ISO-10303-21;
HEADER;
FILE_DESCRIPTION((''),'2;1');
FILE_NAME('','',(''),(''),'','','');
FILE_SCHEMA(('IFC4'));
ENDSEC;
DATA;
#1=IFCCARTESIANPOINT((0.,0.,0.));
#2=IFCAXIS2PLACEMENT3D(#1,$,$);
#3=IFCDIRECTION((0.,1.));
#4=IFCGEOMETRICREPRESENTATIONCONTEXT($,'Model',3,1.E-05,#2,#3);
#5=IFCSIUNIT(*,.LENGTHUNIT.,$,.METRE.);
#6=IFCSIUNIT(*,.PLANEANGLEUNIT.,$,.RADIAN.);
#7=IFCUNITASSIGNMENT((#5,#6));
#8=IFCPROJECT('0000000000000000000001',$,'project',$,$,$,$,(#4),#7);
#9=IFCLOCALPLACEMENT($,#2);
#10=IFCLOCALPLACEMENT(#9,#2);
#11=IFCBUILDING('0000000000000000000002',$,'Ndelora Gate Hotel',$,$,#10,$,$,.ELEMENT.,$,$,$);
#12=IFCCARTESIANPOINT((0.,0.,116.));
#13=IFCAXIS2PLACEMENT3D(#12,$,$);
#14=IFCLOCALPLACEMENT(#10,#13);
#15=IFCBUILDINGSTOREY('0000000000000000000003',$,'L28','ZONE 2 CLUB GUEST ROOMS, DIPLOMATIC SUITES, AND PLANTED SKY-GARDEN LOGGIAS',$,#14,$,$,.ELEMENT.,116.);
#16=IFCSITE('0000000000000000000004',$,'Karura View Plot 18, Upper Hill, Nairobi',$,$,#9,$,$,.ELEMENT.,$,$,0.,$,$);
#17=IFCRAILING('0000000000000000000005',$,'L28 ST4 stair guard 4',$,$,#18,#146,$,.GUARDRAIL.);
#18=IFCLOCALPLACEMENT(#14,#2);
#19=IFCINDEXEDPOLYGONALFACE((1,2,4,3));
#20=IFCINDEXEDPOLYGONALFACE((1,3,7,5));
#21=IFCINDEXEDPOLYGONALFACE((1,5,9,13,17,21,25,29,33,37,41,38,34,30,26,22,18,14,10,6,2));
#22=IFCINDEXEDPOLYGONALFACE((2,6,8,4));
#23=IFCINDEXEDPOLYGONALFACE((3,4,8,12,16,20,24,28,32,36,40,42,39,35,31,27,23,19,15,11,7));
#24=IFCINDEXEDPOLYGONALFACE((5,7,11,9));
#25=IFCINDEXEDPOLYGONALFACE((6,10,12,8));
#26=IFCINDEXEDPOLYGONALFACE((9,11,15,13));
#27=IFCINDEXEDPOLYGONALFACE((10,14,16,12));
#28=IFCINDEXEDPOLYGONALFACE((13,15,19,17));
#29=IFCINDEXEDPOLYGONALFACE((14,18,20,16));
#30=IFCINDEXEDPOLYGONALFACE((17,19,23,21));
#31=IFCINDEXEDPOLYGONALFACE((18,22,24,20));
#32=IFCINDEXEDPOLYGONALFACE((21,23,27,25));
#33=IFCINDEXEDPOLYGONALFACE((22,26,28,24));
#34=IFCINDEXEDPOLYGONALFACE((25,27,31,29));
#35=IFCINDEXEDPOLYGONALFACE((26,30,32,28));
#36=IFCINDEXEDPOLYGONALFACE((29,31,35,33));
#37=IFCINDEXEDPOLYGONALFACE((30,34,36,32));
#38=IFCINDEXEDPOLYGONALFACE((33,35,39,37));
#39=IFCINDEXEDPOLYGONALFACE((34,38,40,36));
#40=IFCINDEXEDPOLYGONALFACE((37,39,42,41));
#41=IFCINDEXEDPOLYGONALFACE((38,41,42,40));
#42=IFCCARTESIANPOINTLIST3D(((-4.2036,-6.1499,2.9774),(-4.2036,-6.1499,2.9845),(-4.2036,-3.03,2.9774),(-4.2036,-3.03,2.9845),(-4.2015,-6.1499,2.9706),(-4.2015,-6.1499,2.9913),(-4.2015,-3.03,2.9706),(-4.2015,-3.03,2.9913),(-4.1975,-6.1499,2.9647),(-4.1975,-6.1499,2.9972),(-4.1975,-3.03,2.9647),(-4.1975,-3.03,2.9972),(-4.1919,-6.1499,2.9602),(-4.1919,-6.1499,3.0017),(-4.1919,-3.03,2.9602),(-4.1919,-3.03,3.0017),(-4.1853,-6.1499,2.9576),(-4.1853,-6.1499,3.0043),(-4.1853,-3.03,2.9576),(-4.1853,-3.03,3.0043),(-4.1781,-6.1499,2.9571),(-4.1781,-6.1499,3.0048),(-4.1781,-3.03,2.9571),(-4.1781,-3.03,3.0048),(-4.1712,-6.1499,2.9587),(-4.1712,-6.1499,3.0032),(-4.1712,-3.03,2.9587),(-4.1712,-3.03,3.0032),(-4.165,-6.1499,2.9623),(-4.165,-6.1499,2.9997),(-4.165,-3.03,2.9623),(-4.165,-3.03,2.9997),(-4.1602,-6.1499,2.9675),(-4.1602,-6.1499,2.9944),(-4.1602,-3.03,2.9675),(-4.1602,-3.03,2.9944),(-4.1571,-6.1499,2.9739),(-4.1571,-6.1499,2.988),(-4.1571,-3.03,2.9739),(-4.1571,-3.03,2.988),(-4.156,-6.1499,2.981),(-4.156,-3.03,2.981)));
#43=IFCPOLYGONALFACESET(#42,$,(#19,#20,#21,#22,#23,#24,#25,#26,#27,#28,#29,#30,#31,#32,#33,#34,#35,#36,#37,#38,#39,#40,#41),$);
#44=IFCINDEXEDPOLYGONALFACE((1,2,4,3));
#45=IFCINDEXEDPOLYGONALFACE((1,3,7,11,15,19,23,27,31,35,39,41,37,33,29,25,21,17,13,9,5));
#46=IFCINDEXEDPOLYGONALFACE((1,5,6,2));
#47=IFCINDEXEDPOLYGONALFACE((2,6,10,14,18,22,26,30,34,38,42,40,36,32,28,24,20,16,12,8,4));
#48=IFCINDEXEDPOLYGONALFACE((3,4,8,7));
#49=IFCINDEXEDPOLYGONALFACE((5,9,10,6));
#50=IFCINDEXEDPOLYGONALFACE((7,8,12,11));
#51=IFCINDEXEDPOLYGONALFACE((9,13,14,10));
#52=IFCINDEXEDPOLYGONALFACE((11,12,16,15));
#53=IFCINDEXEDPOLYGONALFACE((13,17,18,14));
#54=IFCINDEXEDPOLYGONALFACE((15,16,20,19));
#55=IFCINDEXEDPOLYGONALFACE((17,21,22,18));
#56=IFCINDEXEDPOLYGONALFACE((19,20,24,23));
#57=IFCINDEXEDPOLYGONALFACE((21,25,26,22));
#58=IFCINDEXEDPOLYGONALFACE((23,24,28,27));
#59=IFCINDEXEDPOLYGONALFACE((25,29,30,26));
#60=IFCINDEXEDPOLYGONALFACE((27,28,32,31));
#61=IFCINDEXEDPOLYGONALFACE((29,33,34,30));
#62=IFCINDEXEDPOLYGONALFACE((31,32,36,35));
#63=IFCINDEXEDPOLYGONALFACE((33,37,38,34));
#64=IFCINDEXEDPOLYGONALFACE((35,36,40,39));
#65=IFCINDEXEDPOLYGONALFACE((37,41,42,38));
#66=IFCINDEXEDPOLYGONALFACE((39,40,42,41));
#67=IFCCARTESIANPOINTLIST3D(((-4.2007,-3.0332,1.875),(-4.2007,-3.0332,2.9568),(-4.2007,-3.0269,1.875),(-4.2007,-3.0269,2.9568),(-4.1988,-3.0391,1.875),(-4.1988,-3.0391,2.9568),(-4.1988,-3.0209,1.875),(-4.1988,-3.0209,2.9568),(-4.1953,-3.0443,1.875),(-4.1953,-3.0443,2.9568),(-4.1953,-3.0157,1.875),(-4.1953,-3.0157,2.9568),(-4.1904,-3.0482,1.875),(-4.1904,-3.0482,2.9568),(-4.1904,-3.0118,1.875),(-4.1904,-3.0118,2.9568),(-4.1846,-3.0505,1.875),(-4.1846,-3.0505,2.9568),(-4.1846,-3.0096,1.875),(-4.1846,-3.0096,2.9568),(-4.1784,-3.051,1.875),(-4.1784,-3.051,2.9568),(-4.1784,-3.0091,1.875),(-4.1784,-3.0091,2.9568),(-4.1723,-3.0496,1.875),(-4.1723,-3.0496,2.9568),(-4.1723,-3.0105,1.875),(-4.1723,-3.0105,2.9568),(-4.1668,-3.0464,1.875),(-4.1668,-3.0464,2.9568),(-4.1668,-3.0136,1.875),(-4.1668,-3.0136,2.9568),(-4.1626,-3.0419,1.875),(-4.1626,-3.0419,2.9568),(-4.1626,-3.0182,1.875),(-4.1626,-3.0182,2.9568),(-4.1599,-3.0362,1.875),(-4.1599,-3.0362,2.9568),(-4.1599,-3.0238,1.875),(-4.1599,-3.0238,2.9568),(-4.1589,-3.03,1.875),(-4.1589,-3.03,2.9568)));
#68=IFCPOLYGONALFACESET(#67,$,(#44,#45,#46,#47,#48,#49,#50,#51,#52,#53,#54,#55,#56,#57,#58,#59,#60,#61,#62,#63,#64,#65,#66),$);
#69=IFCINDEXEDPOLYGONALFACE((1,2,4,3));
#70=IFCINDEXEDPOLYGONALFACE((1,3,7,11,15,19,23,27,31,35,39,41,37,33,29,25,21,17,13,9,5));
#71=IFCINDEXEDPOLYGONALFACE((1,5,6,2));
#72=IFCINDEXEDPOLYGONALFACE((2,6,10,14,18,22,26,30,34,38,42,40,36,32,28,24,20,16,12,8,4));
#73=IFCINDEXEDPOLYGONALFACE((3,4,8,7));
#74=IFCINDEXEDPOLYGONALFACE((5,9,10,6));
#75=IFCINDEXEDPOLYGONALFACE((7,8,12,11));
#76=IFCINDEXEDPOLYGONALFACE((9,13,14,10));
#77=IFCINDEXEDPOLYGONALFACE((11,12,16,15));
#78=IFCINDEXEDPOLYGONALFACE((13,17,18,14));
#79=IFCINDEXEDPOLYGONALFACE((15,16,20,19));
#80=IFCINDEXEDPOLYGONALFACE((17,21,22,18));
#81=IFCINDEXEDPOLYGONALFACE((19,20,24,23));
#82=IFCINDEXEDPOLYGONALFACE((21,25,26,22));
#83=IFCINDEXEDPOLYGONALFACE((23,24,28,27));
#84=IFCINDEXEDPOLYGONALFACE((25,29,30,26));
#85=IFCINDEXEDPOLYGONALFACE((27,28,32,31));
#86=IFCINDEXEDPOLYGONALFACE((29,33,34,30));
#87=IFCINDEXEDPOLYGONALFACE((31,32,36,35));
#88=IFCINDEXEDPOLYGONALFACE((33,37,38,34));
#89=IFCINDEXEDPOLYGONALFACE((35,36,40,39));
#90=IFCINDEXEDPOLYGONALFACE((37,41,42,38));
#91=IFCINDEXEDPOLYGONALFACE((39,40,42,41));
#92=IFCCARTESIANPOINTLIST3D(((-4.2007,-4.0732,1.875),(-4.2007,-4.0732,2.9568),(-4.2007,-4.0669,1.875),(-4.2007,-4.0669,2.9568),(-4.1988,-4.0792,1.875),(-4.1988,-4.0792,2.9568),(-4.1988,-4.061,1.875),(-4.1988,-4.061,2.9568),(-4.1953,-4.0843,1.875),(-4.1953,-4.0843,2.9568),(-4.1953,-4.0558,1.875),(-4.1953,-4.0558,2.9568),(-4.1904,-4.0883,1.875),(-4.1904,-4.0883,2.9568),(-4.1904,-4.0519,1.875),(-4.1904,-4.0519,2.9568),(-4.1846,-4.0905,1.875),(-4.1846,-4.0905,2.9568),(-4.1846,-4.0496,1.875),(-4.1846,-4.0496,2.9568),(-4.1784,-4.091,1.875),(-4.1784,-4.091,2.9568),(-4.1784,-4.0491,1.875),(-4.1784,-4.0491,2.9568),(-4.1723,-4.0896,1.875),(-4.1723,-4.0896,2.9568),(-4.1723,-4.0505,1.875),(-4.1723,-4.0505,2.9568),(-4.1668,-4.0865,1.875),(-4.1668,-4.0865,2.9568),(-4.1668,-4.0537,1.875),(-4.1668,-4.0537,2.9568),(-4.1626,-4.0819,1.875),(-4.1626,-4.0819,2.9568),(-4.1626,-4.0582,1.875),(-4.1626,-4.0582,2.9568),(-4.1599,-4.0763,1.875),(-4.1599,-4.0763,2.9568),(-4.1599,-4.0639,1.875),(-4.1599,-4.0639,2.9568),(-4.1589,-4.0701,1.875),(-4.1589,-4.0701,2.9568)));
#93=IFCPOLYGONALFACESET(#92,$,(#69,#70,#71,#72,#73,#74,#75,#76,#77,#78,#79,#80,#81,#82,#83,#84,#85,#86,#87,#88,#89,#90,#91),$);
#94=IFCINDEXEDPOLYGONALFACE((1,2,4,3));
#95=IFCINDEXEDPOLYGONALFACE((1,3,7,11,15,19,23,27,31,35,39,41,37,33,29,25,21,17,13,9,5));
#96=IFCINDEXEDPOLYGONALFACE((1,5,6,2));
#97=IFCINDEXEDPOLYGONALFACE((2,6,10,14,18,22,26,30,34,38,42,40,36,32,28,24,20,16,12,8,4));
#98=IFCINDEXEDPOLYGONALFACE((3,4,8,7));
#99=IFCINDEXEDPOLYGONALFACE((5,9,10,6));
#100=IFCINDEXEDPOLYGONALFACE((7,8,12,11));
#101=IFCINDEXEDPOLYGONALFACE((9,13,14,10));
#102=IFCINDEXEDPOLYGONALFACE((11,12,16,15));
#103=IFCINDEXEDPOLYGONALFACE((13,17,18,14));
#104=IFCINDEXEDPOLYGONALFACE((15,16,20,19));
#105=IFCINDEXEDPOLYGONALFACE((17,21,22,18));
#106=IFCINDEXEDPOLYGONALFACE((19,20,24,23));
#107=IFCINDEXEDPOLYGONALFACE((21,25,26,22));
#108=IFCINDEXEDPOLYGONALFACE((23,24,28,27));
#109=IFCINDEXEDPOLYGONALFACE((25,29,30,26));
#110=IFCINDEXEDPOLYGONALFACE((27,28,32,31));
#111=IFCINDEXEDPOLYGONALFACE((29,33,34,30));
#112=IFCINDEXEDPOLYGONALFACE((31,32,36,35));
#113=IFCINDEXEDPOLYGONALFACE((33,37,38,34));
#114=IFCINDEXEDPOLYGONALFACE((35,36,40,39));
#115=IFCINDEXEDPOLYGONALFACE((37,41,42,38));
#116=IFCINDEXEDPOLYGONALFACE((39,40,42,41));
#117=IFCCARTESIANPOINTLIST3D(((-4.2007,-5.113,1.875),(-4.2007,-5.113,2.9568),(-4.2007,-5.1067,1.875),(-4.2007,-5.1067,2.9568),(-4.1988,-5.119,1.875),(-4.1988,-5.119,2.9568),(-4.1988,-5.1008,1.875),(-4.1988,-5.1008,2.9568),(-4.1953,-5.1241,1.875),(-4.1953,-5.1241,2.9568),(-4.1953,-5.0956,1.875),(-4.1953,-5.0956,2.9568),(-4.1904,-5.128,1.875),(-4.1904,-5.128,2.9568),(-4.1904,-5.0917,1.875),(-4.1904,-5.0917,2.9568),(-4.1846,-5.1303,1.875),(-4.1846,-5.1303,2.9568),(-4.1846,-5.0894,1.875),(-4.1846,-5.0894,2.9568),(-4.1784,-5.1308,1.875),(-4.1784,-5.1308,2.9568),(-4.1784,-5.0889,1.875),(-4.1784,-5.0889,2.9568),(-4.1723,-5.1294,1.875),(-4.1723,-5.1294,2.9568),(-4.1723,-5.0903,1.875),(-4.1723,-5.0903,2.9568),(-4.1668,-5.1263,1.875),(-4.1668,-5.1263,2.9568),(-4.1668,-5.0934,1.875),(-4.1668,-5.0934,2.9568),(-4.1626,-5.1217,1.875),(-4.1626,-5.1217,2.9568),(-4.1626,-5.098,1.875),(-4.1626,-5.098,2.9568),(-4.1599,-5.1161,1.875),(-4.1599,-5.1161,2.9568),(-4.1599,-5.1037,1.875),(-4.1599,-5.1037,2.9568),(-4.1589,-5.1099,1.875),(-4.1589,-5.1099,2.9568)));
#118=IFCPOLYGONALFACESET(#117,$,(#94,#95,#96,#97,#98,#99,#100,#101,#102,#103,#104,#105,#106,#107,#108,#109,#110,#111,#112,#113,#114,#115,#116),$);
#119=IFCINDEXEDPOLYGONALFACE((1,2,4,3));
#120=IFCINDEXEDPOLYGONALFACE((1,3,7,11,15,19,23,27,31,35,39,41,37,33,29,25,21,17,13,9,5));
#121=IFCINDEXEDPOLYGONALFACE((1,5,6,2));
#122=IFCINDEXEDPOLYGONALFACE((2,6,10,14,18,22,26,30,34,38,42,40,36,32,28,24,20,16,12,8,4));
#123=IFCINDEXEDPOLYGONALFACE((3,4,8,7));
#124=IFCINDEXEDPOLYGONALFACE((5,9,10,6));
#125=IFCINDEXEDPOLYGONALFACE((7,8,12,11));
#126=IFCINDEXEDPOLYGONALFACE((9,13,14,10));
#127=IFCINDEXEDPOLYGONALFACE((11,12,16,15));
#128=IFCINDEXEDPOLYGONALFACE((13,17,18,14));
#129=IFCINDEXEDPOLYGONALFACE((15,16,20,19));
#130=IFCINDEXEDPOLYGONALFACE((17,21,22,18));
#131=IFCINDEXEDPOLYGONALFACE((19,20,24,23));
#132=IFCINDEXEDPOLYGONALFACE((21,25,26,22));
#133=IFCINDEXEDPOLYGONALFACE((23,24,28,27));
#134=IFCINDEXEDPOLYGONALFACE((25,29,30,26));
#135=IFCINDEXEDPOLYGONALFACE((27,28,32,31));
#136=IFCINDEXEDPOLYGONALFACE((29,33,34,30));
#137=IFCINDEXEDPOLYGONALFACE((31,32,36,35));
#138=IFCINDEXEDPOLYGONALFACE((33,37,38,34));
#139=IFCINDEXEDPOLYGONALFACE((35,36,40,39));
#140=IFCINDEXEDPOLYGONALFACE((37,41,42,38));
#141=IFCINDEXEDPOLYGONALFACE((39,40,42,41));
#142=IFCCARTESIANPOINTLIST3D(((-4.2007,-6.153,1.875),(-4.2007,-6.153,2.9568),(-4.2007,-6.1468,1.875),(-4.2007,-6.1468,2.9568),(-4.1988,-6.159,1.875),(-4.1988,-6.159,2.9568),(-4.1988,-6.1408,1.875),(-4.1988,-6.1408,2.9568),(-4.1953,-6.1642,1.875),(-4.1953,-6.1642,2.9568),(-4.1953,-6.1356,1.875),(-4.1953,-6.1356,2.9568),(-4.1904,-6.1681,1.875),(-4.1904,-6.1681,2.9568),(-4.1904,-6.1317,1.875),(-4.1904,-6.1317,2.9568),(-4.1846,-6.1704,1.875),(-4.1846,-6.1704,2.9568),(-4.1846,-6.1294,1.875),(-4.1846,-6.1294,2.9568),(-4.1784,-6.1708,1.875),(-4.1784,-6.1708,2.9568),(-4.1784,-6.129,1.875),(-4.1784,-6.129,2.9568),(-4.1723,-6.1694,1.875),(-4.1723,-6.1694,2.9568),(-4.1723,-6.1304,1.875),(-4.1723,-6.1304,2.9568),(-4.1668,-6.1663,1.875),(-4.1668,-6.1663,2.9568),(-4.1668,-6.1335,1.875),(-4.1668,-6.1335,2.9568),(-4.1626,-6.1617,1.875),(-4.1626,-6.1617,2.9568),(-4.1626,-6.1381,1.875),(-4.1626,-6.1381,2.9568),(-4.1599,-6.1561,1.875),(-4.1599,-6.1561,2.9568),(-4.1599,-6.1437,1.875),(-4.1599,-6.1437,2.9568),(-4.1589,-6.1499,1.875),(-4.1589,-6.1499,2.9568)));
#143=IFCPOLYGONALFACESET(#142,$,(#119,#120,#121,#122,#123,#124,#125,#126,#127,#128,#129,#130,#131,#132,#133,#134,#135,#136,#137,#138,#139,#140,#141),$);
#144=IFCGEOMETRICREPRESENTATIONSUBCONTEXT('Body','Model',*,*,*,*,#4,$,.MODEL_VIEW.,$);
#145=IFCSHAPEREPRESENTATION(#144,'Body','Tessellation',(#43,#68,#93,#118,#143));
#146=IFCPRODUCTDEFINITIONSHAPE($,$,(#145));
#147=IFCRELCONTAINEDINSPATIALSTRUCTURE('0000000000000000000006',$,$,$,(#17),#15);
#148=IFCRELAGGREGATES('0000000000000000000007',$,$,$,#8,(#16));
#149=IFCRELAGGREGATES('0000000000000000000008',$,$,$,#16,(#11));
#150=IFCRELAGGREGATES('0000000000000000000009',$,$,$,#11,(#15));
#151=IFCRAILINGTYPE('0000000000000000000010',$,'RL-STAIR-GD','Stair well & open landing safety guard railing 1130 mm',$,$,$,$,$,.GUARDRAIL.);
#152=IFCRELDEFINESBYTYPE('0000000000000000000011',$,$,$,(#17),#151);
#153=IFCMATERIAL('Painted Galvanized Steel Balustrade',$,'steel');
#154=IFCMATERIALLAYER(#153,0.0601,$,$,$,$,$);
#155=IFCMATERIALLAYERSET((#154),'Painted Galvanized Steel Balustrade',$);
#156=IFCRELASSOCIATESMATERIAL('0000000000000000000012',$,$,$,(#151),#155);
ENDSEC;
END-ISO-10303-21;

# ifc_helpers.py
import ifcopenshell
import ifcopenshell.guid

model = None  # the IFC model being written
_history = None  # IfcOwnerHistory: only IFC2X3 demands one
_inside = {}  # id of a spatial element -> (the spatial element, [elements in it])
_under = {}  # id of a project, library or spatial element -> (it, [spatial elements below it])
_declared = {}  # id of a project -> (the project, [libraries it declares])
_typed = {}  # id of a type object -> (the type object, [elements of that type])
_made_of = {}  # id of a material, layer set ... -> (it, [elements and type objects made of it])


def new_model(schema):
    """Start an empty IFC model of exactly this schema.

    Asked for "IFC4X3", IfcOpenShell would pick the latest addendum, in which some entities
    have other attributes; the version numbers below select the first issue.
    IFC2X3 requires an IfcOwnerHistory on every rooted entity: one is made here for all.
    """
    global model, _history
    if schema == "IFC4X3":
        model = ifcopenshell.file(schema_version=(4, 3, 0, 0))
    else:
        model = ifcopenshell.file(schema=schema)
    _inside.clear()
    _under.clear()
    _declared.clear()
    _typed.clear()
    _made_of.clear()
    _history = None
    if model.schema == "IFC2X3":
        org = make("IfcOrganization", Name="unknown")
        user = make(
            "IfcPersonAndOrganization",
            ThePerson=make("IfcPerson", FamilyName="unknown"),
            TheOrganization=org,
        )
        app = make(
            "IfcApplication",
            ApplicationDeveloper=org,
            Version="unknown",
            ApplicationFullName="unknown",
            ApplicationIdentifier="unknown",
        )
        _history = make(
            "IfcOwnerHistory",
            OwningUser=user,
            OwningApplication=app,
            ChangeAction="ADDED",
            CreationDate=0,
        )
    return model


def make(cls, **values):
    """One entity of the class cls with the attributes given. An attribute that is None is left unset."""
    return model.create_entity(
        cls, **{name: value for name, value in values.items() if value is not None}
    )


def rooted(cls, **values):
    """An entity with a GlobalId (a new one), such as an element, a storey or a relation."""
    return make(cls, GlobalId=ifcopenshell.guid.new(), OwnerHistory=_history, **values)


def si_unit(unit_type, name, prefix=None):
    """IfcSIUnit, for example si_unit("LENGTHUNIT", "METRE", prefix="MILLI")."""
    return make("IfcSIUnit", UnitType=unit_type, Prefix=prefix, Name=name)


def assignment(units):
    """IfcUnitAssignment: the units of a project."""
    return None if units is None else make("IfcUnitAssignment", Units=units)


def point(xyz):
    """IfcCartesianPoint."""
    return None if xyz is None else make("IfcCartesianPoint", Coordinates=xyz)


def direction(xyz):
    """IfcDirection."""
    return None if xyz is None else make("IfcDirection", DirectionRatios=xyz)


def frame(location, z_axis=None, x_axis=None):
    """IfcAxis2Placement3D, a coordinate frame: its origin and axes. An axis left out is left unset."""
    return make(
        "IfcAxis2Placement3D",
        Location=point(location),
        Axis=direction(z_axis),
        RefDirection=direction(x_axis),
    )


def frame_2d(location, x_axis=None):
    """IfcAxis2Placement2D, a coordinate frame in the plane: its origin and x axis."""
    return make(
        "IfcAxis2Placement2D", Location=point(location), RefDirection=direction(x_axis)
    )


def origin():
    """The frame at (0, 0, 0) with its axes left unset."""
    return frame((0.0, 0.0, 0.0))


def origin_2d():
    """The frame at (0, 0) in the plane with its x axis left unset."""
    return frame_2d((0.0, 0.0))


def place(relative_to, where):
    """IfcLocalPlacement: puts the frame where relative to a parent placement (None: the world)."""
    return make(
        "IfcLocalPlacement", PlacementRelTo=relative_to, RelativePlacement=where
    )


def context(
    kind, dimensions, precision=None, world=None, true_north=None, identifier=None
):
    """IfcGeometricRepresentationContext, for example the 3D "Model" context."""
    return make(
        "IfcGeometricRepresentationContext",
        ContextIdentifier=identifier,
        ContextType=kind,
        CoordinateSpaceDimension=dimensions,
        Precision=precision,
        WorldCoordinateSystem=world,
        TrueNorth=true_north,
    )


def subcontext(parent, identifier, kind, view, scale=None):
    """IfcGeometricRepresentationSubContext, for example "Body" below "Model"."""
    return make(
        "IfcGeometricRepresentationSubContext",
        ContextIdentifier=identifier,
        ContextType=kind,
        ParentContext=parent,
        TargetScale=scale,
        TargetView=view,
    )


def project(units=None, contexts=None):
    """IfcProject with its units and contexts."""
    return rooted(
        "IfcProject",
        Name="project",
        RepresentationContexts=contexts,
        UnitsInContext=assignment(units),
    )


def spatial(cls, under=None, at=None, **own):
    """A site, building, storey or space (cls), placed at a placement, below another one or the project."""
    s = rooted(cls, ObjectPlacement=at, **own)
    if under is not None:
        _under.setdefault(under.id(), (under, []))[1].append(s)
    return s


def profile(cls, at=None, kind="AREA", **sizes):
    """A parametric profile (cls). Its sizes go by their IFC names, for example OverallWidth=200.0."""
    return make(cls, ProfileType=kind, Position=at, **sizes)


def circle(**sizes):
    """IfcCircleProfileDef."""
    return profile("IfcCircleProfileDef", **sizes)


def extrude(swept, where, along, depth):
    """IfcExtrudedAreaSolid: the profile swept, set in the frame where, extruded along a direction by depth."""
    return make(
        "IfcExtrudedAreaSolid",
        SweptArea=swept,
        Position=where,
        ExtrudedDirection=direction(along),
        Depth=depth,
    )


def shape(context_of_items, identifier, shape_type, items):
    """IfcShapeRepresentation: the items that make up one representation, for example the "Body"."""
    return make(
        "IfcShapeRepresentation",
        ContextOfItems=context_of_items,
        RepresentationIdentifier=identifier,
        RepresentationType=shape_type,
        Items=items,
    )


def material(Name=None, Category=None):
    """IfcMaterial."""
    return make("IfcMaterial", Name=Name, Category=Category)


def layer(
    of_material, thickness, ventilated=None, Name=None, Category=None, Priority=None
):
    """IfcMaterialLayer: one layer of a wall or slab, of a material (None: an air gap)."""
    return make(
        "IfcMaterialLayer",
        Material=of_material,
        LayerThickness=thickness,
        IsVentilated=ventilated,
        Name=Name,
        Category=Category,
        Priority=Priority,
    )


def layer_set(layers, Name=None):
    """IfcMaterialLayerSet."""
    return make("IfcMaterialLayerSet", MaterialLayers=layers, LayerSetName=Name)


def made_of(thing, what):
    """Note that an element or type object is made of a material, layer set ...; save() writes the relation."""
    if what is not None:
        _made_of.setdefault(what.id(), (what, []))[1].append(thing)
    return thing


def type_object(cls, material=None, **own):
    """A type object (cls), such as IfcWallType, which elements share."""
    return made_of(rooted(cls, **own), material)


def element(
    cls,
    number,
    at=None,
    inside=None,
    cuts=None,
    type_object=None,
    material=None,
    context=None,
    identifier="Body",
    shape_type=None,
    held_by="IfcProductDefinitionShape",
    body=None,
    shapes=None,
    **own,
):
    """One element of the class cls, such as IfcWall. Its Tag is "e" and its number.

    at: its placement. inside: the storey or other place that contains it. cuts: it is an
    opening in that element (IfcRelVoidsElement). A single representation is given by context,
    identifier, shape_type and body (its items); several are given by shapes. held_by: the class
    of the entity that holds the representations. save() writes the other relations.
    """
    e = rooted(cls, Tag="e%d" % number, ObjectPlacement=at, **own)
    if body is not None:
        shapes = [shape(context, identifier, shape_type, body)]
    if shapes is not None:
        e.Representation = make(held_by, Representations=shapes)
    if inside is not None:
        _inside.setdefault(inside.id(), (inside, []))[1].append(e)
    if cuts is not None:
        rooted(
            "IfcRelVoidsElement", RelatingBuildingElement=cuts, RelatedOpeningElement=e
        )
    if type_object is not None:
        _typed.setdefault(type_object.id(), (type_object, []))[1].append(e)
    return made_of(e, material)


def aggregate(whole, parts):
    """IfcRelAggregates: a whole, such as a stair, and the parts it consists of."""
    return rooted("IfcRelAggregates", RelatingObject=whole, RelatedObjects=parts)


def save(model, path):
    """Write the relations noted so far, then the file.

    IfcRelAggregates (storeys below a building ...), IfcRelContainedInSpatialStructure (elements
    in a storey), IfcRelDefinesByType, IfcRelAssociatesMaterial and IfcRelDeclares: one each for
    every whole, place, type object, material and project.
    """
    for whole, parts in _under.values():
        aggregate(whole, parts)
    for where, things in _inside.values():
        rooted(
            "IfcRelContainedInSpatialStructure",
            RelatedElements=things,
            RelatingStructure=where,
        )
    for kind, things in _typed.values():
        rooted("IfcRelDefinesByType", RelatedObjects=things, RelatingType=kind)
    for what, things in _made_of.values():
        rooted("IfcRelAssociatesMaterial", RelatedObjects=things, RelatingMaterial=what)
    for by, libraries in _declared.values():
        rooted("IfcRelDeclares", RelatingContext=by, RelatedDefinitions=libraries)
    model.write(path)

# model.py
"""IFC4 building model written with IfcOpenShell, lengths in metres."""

from ifc_helpers import new_model, si_unit, direction, frame, origin, origin_2d, place, context, subcontext, project, spatial, circle, extrude, material, layer, layer_set, type_object, element, save


model = new_model("IFC4")

# Units and contexts
model_context = context("Model", 3, precision=1e-05, world=origin(), true_north=direction((0.0, 1.0)))
body_context = subcontext(model_context, "Body", "Model", "MODEL_VIEW")
ifc_project = project(units=[si_unit("LENGTHUNIT", "METRE"), si_unit("PLANEANGLEUNIT", "RADIAN")], contexts=[model_context])

# Site, building, storey
site_placement = place(None, origin())
site = spatial("IfcSite", under=ifc_project, at=site_placement, Name="Karura View Plot 18, Upper Hill, Nairobi", CompositionType="ELEMENT", RefElevation=0.0)
building_placement = place(site_placement, origin())
building = spatial("IfcBuilding", under=site, at=building_placement, Name="Ndelora Gate Hotel", CompositionType="ELEMENT")
storey_placement = place(building_placement, frame((0.0, 0.0, 116.0)))
storey = spatial("IfcBuildingStorey", under=building, at=storey_placement, Name="L28", Description="ZONE 2 CLUB GUEST ROOMS, DIPLOMATIC SUITES, AND PLANTED SKY-GARDEN LOGGIAS", CompositionType="ELEMENT", Elevation=116.0)

# Railing
ifc_material_1 = material(Name="Painted Galvanized Steel Balustrade", Category="steel")
ifc_layer_1 = layer(ifc_material_1, 0.0601)
ifc_layer_set_1 = layer_set([ifc_layer_1], Name="Painted Galvanized Steel Balustrade")
railing_type_1 = type_object("IfcRailingType", Name="RL-STAIR-GD", Description="Stair well & open landing safety guard railing 1130 mm", PredefinedType="GUARDRAIL", material=ifc_layer_set_1)
for number, where, name in (
    (1, (-4.1799, -3.03, 1.875), "L28 ST4 stair guard 4"),
):
    element("IfcRailing", number, at=place(storey_placement, frame(where)), inside=storey, type_object=railing_type_1, Name=name, PredefinedType="GUARDRAIL", context=body_context, shape_type="SweptSolid", body=[
        extrude(circle(Radius=0.0239, at=origin_2d()), frame((0.0, 0.0, 1.106), z_axis=(0.0, -1.0, 0.0), x_axis=(1.0, 0.0, 0.0)), (0.0, 0.0, 1.0), 3.1199),
        extrude(circle(Radius=0.021, at=origin_2d()), origin(), (0.0, 0.0, 1.0), 1.0818),
        extrude(circle(Radius=0.021, at=origin_2d()), frame((0.0, -1.04, 0.0)), (0.0, 0.0, 1.0), 1.0818),
        extrude(circle(Radius=0.021, at=origin_2d()), frame((0.0, -2.0798, 0.0)), (0.0, 0.0, 1.0), 1.0818),
        extrude(circle(Radius=0.021, at=origin_2d()), frame((0.0, -3.1199, 0.0)), (0.0, 0.0, 1.0), 1.0818),
    ])

save(model, "model.ifc")
